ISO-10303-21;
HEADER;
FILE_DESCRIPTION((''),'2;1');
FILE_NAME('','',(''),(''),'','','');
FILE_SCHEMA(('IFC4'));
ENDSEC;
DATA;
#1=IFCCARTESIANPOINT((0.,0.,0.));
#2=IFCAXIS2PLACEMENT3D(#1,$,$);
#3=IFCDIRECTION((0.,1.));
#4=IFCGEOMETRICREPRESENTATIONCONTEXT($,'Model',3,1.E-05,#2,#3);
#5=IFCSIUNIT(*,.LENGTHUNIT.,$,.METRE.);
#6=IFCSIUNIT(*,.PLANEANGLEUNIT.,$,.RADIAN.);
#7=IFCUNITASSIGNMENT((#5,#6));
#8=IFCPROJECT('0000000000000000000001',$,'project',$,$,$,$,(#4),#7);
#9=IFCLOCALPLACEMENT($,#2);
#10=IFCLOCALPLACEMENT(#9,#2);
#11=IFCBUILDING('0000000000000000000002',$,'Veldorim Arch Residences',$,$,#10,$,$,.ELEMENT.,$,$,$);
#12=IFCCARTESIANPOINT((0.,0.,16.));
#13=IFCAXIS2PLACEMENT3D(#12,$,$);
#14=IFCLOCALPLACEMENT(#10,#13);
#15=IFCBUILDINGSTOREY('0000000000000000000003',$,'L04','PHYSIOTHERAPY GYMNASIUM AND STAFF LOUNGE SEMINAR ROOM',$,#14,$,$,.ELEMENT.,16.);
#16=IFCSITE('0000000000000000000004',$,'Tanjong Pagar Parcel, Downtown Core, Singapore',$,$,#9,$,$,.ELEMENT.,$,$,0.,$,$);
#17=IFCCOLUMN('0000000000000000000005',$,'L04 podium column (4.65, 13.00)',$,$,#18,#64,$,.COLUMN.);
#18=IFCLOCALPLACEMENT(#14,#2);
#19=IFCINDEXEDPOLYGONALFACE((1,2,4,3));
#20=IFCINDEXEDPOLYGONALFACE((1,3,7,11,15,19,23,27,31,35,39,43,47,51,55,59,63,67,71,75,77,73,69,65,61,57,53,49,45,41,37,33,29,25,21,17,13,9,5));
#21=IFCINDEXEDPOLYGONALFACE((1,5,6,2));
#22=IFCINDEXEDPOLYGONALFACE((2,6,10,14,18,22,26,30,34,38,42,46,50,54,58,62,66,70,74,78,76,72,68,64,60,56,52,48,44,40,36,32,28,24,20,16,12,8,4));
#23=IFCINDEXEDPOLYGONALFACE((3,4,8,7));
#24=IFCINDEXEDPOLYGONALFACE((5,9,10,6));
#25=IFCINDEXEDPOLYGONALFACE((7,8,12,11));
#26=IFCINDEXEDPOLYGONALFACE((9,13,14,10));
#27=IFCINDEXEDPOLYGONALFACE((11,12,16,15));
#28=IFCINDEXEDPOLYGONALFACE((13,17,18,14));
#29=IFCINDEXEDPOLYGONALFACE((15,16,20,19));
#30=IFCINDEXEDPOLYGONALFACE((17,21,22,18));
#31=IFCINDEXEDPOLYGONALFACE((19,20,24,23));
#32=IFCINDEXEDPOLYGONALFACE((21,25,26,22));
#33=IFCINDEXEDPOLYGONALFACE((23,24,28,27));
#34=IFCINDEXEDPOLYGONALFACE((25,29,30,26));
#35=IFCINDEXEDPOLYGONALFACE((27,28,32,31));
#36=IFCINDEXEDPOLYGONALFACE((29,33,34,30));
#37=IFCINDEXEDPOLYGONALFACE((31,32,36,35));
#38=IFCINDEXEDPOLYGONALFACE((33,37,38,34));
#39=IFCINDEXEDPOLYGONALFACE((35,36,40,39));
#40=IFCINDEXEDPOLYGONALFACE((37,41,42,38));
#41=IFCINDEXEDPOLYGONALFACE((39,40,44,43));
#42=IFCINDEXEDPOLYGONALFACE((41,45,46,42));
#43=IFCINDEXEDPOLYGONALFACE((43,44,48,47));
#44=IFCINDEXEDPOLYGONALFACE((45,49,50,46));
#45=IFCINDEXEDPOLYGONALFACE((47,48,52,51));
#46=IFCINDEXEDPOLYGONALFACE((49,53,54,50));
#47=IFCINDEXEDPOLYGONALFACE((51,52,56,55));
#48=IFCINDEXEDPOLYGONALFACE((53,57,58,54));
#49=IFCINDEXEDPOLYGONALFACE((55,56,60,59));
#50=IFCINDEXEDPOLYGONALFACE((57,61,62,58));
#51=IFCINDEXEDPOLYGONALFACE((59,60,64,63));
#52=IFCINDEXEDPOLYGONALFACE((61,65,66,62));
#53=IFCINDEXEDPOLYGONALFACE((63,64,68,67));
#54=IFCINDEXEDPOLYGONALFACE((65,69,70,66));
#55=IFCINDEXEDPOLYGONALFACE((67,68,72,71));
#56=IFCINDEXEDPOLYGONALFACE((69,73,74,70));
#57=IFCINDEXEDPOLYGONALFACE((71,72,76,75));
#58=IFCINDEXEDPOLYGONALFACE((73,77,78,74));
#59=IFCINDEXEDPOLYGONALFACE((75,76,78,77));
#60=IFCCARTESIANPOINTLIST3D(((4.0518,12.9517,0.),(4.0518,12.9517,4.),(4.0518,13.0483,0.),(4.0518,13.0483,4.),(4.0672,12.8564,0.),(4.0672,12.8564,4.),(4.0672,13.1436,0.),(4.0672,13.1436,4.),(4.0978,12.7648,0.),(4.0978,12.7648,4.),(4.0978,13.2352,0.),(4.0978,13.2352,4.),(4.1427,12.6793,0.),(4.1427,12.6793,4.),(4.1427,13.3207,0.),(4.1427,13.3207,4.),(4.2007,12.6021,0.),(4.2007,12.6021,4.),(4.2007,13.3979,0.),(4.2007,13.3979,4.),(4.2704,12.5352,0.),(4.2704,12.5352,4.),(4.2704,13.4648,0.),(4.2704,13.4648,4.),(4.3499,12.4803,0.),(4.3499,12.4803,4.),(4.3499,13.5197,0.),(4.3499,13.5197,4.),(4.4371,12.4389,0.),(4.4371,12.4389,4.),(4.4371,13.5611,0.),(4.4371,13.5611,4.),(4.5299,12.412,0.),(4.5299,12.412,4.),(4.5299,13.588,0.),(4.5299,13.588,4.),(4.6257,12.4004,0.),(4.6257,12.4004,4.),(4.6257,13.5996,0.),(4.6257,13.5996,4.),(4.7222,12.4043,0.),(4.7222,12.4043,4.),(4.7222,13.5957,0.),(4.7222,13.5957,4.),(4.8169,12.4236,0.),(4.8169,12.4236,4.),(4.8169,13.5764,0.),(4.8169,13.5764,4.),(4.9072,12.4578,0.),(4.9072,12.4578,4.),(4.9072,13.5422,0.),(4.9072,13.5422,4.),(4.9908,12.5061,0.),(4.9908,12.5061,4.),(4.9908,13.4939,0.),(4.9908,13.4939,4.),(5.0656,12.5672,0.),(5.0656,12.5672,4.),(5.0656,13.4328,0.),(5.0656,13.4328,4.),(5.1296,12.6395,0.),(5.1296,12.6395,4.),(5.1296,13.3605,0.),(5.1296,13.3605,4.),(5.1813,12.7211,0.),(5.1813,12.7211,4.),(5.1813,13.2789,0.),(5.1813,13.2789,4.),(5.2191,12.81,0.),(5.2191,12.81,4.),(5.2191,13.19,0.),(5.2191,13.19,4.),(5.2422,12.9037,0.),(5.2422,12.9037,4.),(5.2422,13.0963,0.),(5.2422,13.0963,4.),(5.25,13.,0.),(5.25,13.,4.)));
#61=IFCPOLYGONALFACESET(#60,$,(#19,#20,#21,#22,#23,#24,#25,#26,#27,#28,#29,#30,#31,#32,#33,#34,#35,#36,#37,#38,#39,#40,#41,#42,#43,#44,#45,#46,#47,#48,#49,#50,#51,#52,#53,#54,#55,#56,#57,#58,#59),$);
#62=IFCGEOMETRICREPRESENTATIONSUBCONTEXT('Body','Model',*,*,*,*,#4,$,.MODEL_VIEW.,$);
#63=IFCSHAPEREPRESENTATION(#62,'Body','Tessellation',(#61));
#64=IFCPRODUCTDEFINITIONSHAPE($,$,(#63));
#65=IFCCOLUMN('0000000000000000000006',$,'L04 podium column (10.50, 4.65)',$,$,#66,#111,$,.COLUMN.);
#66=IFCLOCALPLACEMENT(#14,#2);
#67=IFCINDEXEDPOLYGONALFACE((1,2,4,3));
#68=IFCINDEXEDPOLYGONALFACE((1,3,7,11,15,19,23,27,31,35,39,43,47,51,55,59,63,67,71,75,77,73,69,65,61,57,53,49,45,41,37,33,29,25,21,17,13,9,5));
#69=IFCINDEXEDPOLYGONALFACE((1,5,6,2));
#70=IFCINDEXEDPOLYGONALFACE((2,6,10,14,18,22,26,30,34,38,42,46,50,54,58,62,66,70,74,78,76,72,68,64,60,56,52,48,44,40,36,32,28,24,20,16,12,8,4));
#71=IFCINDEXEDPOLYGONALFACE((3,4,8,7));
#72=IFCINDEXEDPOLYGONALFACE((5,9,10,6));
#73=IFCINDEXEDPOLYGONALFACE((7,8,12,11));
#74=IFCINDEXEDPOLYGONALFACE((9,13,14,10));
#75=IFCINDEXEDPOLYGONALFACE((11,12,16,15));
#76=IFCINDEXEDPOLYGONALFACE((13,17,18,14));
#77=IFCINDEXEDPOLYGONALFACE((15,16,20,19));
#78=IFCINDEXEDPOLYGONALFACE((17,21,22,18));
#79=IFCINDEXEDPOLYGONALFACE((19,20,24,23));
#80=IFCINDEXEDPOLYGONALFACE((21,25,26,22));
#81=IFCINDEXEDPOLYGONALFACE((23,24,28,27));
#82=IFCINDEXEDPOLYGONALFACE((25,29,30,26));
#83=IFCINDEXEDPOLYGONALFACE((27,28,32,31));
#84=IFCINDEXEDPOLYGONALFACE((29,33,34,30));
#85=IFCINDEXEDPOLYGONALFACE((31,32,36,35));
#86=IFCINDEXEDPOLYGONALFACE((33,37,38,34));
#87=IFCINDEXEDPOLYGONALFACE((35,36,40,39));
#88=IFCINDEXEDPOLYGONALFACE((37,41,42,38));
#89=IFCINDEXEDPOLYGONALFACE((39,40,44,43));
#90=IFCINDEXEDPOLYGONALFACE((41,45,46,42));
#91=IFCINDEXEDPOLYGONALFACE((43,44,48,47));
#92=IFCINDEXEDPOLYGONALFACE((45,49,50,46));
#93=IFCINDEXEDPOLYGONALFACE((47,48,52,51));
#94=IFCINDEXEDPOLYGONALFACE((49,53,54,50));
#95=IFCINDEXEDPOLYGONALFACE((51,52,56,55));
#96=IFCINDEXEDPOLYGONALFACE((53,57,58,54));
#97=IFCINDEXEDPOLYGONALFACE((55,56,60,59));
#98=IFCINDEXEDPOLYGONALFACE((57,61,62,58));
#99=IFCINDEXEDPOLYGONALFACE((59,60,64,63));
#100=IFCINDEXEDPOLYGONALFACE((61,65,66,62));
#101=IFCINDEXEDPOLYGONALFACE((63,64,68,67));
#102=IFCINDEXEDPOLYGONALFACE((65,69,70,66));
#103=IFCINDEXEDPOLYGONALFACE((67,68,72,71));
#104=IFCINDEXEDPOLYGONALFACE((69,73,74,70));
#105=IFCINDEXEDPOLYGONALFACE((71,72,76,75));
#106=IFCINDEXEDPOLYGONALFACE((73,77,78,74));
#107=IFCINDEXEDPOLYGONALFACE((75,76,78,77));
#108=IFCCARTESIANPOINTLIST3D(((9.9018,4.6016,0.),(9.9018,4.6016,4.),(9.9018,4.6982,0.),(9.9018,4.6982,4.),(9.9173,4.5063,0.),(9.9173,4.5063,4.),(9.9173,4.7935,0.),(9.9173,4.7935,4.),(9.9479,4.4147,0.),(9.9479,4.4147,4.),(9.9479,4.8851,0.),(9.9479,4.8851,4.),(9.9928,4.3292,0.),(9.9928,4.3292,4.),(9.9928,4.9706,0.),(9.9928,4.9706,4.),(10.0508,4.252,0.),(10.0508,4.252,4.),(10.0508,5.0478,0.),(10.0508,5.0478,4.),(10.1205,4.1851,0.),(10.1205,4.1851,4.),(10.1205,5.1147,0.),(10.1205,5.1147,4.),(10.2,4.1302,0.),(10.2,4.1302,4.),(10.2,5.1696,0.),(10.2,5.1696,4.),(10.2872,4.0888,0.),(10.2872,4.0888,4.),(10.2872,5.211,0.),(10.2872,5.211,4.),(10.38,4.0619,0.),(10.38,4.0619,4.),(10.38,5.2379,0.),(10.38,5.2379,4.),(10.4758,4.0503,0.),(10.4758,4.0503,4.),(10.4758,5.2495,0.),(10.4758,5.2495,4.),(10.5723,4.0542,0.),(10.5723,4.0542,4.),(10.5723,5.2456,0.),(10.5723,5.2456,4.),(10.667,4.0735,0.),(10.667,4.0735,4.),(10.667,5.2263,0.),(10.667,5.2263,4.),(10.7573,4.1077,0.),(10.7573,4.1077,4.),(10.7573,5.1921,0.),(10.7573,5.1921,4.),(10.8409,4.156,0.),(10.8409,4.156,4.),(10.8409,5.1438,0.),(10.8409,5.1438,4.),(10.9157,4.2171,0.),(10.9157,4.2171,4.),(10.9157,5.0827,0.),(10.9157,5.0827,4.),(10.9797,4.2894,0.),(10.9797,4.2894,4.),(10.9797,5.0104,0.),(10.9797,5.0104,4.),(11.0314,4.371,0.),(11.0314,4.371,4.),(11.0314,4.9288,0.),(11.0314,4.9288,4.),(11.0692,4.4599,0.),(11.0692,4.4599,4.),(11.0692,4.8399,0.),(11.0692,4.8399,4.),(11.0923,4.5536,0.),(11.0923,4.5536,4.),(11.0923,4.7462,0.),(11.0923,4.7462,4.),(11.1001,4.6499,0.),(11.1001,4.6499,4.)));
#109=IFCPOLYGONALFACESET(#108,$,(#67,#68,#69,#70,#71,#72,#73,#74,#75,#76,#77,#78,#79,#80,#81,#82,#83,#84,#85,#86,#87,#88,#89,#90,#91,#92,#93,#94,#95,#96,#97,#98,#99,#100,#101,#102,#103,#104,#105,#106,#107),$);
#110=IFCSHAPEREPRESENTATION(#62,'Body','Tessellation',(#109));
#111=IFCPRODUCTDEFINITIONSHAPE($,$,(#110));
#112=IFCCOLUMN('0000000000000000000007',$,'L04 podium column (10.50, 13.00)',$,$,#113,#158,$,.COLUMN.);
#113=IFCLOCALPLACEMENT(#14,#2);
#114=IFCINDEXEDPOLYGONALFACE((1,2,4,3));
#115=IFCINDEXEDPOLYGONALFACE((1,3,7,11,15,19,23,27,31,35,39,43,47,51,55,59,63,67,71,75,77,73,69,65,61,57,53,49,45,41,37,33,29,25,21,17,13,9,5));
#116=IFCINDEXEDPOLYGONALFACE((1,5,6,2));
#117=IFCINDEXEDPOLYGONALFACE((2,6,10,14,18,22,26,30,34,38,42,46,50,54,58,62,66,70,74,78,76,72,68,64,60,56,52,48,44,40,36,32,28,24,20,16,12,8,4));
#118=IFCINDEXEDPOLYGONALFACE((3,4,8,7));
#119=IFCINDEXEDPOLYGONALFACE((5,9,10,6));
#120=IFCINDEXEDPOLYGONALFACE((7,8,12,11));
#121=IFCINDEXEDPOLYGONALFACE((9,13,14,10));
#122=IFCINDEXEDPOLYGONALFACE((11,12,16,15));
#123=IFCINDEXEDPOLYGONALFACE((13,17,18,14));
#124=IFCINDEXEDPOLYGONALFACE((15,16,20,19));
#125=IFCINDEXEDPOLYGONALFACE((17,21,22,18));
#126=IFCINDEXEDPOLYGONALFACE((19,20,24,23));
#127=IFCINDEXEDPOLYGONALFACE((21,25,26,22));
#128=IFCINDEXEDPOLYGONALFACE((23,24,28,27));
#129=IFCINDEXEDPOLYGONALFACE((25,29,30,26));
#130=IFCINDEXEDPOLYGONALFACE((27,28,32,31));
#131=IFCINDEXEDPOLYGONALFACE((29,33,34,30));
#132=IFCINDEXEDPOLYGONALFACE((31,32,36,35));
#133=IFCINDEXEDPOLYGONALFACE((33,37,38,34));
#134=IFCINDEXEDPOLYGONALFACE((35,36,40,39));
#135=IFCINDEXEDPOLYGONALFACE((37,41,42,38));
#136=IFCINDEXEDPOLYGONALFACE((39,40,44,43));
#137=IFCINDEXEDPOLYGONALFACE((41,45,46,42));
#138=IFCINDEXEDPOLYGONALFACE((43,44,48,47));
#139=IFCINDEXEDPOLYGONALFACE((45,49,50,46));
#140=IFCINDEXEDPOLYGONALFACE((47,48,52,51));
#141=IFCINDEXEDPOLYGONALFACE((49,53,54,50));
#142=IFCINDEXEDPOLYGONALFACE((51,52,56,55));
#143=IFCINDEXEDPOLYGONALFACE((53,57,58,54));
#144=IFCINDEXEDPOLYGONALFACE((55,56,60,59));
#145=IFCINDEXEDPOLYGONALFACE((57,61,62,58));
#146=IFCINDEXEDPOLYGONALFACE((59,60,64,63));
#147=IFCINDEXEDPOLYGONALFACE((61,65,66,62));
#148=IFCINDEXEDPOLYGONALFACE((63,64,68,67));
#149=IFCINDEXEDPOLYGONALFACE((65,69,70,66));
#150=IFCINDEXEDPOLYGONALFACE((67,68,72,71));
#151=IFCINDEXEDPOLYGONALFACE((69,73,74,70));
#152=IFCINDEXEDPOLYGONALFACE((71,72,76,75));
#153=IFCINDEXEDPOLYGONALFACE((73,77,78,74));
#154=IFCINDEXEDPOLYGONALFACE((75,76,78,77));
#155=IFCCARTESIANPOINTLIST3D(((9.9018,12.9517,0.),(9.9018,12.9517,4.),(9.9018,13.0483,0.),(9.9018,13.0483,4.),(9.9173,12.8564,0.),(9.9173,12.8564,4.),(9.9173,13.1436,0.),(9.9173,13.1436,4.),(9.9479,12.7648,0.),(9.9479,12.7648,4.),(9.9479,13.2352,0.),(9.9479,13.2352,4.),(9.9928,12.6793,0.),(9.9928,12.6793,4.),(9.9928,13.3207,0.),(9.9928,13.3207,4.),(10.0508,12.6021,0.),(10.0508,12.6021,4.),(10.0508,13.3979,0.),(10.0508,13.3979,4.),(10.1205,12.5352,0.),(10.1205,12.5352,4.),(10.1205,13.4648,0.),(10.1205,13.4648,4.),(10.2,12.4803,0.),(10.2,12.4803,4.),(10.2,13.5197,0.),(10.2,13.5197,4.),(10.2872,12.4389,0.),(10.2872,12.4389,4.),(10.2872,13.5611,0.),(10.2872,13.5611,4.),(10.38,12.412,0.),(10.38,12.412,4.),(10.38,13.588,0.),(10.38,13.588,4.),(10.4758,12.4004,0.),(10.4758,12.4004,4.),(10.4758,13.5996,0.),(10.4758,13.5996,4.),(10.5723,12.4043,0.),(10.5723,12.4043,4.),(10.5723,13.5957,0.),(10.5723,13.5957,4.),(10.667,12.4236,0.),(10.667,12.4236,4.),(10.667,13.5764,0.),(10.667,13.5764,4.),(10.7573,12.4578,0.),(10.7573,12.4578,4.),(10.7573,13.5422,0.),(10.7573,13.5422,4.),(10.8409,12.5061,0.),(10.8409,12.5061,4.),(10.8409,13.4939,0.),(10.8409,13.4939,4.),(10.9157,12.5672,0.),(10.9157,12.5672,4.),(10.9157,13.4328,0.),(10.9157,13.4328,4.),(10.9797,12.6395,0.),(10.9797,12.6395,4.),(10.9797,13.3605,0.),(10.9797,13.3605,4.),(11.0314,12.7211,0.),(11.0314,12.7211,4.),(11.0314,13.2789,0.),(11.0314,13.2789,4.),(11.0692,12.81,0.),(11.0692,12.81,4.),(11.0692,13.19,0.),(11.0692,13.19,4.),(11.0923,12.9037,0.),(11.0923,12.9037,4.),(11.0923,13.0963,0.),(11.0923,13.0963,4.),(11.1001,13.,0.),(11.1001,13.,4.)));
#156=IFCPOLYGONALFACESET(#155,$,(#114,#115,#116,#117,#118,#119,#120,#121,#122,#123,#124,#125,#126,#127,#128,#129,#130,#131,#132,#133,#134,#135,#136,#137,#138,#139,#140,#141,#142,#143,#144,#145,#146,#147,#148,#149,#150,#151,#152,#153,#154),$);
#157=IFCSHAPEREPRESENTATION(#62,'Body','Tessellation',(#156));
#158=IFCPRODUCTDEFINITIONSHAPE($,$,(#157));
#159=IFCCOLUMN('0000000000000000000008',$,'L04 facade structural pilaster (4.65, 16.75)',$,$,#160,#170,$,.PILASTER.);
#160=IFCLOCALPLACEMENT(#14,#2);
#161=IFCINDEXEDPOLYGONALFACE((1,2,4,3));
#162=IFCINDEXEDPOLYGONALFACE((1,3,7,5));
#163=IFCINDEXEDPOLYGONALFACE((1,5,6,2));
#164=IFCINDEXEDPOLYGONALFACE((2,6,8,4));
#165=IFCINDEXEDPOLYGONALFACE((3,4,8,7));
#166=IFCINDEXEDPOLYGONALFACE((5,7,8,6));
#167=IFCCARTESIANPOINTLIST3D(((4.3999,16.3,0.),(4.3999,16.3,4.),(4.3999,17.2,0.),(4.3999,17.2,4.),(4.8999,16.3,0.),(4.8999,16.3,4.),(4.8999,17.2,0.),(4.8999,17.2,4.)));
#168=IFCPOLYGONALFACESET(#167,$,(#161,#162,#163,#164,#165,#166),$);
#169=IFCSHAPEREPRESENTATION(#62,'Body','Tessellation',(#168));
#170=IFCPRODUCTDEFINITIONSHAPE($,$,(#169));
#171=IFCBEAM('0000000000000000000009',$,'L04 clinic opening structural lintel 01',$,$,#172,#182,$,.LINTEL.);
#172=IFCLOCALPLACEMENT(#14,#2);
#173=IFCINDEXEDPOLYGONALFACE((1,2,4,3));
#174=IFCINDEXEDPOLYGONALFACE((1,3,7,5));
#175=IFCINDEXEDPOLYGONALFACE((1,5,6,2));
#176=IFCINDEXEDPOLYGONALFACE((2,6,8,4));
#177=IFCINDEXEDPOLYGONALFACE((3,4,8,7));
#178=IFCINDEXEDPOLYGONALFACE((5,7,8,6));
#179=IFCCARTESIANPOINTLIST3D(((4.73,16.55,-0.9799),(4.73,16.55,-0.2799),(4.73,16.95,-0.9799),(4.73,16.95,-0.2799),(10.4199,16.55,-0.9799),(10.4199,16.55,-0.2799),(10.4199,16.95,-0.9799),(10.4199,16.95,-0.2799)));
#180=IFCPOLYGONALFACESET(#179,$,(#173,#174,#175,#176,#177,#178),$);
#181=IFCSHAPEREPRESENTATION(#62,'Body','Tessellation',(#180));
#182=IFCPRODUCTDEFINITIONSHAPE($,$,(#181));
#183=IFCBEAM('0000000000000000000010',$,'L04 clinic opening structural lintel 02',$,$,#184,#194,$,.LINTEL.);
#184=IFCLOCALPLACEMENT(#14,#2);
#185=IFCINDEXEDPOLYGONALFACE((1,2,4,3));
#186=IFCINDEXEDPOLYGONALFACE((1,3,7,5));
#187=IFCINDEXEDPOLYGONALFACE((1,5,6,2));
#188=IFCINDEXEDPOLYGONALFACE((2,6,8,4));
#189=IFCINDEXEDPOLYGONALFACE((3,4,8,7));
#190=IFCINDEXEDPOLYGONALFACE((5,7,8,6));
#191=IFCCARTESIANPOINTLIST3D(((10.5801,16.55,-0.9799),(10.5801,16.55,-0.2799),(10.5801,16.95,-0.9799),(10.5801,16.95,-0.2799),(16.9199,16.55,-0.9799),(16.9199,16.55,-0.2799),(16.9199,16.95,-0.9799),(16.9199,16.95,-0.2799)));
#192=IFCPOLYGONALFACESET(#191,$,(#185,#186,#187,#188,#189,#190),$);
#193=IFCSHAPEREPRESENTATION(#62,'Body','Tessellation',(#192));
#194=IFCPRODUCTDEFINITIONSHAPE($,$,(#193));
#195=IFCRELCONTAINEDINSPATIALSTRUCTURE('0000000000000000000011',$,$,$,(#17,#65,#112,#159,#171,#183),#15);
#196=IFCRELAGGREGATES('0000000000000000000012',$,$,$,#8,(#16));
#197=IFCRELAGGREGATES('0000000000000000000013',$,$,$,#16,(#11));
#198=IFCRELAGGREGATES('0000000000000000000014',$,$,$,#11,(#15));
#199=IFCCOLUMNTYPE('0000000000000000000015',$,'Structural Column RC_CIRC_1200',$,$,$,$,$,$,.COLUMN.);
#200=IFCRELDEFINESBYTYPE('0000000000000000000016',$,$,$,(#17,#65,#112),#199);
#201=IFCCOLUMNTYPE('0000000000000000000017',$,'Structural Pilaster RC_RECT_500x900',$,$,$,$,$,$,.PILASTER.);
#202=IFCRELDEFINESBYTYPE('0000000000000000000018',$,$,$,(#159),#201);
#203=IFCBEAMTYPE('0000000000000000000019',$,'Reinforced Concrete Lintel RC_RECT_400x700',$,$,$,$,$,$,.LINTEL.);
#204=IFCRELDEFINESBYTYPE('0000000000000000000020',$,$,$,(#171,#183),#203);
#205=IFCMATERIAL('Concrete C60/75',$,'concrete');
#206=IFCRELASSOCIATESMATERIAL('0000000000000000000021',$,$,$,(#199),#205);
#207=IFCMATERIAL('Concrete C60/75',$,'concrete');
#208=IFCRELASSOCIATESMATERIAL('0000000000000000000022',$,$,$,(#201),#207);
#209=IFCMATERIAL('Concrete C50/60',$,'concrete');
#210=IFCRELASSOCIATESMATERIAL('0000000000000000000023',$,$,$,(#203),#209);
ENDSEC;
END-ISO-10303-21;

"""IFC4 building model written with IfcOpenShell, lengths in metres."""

from ifc_helpers import new_model, si_unit, direction, frame, origin, origin_2d, place, context, subcontext, project, spatial, rectangle, circle, extrude, material, material_profile, profile_set, type_object, element, save


model = new_model("IFC4")

# Units and contexts
model_context = context("Model", 3, precision=1e-05, world=origin(), true_north=direction((0.0, 1.0)))
body_context = subcontext(model_context, "Body", "Model", "MODEL_VIEW")
ifc_project = project(units=[si_unit("LENGTHUNIT", "METRE"), si_unit("PLANEANGLEUNIT", "RADIAN")], contexts=[model_context])

# Site, building, storey
site_placement = place(None, origin())
site = spatial("IfcSite", under=ifc_project, at=site_placement, Name="Tanjong Pagar Parcel, Downtown Core, Singapore", CompositionType="ELEMENT", RefElevation=0.0)
building_placement = place(site_placement, origin())
building = spatial("IfcBuilding", under=site, at=building_placement, Name="Veldorim Arch Residences", CompositionType="ELEMENT")
storey_placement = place(building_placement, frame((0.0, 0.0, 16.0)))
storey = spatial("IfcBuildingStorey", under=building, at=storey_placement, Name="L04", Description="PHYSIOTHERAPY GYMNASIUM AND STAFF LOUNGE SEMINAR ROOM", CompositionType="ELEMENT", Elevation=16.0)

# Columns
ifc_material_1 = material(Name="Concrete C60/75", Category="concrete")
ifc_material_profile_1 = material_profile(ifc_material_1, circle(Radius=0.6001, at=origin_2d()), Name="RC_CIRC_1200")
ifc_profile_set_1 = profile_set([ifc_material_profile_1], Name="Concrete C60/75")
column_type_1 = type_object("IfcColumnType", Name="Structural Column RC_CIRC_1200", PredefinedType="COLUMN", material=ifc_profile_set_1)
for number, where, z_axis, x_axis, name in (
    (1, (4.6499, 13.0, 0.0), (0.0, 0.0, 1.0), (1.0, 0.0, 0.0), "L04 podium column (4.65, 13.00)"),
    (2, (10.5, 4.6499, 0.0), (0.0, 0.0, 1.0), (1.0, 0.0, 0.0), "L04 podium column (10.50, 4.65)"),
    (3, (10.5, 13.0, 0.0), (0.0, 0.0, 1.0), (1.0, 0.0, 0.0), "L04 podium column (10.50, 13.00)"),
):
    element("IfcColumn", number, at=place(storey_placement, frame(where, z_axis=z_axis, x_axis=x_axis)), inside=storey, type_object=column_type_1, Name=name, PredefinedType="COLUMN", context=body_context, shape_type="SweptSolid", body=[
        extrude(circle(Radius=0.6001, at=origin_2d()), origin(), (0.0, 0.0, 1.0), 4.0),
    ])
ifc_material_2 = material(Name="Concrete C60/75", Category="concrete")
ifc_material_profile_2 = material_profile(ifc_material_2, rectangle(XDim=0.5, YDim=0.8999, at=origin_2d()), Name="RC_RECT_500x900")
ifc_profile_set_2 = profile_set([ifc_material_profile_2], Name="Concrete C60/75")
column_type_2 = type_object("IfcColumnType", Name="Structural Pilaster RC_RECT_500x900", PredefinedType="PILASTER", material=ifc_profile_set_2)
column_placement = place(storey_placement, frame((4.6499, 16.75, 0.0), z_axis=(0.0, 0.0, 1.0), x_axis=(1.0, 0.0, 0.0)))
element("IfcColumn", 4, at=column_placement, inside=storey, type_object=column_type_2, Name="L04 facade structural pilaster (4.65, 16.75)", PredefinedType="PILASTER", context=body_context, shape_type="SweptSolid", body=[
    extrude(rectangle(XDim=0.5, YDim=0.8999, at=origin_2d()), origin(), (0.0, 0.0, 1.0), 4.0),
])

# Beams
ifc_material_3 = material(Name="Concrete C50/60", Category="concrete")
ifc_material_profile_3 = material_profile(ifc_material_3, rectangle(XDim=0.3999, YDim=0.7, at=origin_2d()), Name="RC_RECT_400x700")
ifc_profile_set_3 = profile_set([ifc_material_profile_3], Name="Concrete C50/60")
beam_type_1 = type_object("IfcBeamType", Name="Reinforced Concrete Lintel RC_RECT_400x700", PredefinedType="LINTEL", material=ifc_profile_set_3)
beam_1_placement = place(storey_placement, frame((4.73, 16.75, -0.6299), z_axis=(1.0, 0.0, 0.0), x_axis=(0.0, 1.0, 0.0)))
element("IfcBeam", 5, at=beam_1_placement, inside=storey, type_object=beam_type_1, Name="L04 clinic opening structural lintel 01", PredefinedType="LINTEL", context=body_context, shape_type="SweptSolid", body=[
    extrude(rectangle(XDim=0.3999, YDim=0.7, at=origin_2d()), origin(), (0.0, 0.0, 1.0), 5.6899),
])
beam_2_placement = place(storey_placement, frame((10.5801, 16.75, -0.6299), z_axis=(1.0, 0.0, 0.0), x_axis=(0.0, 1.0, 0.0)))
element("IfcBeam", 6, at=beam_2_placement, inside=storey, type_object=beam_type_1, Name="L04 clinic opening structural lintel 02", PredefinedType="LINTEL", context=body_context, shape_type="SweptSolid", body=[
    extrude(rectangle(XDim=0.3999, YDim=0.7, at=origin_2d()), origin(), (0.0, 0.0, 1.0), 6.3398),
])

save(model, "model.ifc")
